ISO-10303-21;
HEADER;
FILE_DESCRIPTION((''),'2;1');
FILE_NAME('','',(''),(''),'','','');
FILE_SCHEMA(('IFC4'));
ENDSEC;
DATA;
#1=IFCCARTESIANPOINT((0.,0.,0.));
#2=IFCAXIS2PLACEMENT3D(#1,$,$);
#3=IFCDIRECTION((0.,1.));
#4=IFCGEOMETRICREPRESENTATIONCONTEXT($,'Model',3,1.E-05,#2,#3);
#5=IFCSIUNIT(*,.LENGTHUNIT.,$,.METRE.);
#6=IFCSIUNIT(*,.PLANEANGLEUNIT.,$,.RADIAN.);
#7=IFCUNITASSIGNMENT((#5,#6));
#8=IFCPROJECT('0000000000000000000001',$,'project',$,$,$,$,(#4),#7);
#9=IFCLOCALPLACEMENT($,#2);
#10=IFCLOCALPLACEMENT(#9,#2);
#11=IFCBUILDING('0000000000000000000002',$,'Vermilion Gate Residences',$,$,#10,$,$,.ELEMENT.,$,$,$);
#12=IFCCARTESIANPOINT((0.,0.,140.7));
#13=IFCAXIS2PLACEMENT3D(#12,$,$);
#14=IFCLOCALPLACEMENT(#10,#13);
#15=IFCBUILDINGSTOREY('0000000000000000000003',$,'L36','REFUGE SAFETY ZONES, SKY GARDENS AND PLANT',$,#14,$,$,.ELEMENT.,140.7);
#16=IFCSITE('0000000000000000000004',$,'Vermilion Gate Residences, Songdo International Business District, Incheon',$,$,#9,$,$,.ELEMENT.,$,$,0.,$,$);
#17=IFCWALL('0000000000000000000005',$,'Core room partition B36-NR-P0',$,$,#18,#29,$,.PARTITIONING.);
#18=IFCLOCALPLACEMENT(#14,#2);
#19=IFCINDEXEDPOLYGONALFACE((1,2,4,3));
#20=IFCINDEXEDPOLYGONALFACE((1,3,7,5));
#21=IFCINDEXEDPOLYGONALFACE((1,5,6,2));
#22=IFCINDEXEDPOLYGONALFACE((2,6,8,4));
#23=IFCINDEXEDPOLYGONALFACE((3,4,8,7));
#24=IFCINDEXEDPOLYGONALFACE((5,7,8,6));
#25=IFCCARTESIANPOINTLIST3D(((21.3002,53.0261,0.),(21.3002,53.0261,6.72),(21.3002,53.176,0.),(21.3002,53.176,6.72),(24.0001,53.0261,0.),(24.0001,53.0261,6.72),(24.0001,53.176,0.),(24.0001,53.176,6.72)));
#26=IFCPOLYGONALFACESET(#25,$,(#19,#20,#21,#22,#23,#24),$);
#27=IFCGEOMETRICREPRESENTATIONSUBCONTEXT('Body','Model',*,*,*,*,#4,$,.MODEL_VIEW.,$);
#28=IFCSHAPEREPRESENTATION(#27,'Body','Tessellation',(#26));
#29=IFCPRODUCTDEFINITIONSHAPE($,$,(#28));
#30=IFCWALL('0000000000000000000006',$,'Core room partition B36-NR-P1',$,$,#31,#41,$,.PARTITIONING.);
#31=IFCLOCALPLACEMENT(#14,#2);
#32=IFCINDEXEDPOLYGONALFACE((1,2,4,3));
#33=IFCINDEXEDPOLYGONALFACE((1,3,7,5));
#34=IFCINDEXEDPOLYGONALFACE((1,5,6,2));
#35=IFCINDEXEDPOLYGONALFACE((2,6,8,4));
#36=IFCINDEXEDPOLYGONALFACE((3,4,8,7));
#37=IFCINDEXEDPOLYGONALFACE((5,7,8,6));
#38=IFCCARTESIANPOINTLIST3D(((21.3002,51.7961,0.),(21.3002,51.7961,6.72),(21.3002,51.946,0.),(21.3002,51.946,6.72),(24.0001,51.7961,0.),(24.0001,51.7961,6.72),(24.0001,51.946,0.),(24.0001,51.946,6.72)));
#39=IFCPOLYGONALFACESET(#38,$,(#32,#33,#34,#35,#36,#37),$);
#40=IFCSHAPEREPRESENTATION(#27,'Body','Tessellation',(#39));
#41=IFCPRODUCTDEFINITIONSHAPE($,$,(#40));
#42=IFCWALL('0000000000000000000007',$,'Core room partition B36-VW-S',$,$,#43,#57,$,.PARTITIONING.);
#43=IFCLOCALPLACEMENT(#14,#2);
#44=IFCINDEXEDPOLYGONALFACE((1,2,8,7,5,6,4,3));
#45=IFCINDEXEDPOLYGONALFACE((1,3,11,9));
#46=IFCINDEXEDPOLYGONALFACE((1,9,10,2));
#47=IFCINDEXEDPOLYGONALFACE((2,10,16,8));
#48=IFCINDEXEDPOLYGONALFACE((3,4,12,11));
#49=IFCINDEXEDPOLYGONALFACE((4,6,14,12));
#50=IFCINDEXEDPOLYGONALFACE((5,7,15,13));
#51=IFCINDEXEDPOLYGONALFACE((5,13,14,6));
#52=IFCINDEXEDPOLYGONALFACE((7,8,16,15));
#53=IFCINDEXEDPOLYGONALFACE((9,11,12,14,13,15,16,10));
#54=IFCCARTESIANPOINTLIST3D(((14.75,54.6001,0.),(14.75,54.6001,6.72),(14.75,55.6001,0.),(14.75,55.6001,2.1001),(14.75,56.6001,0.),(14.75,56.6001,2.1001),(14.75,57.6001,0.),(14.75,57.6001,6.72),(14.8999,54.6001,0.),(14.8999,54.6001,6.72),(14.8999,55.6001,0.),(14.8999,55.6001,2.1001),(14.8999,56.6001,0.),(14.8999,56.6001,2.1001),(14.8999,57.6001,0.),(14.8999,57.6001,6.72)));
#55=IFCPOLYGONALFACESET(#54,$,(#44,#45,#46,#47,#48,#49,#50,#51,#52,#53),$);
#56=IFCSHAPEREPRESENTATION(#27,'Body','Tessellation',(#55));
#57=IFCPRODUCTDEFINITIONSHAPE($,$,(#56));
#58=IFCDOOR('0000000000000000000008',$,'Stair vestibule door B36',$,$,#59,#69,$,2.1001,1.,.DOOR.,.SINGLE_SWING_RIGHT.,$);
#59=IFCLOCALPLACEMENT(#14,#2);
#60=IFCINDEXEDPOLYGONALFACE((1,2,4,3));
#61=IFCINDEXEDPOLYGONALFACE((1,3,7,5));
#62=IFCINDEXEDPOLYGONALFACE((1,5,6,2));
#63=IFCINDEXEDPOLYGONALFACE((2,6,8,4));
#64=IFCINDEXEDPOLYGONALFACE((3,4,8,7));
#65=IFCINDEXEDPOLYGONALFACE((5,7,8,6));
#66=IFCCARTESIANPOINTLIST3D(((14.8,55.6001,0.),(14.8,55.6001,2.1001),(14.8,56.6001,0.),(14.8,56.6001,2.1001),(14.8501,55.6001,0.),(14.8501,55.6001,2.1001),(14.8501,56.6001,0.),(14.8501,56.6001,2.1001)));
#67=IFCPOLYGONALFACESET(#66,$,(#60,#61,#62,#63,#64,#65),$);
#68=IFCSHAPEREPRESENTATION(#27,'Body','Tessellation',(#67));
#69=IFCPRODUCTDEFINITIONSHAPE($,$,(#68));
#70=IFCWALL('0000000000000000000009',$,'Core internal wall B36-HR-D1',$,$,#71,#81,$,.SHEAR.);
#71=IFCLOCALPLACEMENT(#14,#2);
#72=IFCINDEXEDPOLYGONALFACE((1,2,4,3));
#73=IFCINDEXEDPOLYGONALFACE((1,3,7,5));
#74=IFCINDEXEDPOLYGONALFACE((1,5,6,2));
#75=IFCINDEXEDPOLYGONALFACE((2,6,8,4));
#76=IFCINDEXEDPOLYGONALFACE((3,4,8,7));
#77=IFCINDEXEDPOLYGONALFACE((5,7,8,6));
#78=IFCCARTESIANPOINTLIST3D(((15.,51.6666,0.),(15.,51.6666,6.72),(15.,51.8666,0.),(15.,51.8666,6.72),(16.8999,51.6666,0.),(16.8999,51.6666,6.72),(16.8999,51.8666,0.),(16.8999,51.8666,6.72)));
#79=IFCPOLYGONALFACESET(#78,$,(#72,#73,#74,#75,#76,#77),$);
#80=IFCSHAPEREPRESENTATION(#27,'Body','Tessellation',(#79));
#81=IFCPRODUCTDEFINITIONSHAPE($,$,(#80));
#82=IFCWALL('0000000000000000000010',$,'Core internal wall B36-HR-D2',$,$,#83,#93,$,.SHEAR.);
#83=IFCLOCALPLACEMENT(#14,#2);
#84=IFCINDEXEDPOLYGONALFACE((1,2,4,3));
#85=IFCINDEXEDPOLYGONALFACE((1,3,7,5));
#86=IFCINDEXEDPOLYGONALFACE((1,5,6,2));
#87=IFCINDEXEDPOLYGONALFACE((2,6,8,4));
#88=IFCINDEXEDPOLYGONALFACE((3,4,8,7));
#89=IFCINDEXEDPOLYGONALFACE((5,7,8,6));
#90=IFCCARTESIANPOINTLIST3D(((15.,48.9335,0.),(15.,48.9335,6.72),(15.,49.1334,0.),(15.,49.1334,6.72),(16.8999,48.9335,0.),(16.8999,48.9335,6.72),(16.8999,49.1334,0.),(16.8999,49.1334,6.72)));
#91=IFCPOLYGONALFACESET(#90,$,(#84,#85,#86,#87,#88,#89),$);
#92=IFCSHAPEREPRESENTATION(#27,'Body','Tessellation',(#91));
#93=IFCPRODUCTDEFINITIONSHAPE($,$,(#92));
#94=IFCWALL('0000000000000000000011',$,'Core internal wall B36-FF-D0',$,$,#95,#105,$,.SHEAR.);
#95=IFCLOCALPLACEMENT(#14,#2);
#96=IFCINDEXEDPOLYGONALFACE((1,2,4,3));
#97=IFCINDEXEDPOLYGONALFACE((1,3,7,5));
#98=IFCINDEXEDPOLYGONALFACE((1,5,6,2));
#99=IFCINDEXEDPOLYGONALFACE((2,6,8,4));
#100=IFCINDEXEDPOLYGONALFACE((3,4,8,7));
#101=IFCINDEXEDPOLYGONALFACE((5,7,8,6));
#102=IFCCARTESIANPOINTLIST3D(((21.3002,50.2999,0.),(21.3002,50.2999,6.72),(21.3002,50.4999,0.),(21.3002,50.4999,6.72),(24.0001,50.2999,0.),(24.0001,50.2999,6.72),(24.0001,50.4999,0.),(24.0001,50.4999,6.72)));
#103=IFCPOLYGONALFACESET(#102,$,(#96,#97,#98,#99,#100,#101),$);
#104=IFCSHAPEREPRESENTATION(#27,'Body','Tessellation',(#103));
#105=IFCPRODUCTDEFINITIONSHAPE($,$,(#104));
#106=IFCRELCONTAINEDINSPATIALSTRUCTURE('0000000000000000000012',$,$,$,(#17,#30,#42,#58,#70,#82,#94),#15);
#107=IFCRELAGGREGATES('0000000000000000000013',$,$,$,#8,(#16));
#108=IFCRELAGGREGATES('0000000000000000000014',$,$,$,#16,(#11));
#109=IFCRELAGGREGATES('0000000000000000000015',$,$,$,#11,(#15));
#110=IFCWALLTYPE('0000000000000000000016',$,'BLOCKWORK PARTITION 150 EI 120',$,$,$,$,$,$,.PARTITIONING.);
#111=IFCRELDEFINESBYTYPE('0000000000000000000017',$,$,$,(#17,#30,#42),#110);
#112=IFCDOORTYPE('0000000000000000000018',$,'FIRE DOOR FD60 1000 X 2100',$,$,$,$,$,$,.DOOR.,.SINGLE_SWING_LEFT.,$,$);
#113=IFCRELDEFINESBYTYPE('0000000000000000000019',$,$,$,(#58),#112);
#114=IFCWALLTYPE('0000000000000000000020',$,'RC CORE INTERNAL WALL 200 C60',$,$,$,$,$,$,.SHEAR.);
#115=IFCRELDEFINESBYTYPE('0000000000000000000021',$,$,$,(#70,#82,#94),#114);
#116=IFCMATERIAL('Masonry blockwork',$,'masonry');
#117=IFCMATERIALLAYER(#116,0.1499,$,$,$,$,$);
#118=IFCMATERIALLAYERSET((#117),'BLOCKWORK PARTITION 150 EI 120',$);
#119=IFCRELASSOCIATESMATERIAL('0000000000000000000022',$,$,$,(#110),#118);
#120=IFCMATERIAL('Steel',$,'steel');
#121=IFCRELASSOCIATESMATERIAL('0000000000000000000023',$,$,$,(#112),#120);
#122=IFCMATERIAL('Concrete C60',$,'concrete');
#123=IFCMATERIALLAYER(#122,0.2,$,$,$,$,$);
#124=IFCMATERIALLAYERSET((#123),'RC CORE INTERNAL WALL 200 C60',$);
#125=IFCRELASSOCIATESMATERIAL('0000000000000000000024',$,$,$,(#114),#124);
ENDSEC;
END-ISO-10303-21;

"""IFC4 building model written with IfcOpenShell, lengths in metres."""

from ifc_helpers import new_model, si_unit, direction, frame, frame_2d, origin, place, context, subcontext, project, spatial, rectangle, extrude, material, layer, layer_set, type_object, element, fill, save


model = new_model("IFC4")

# Units and contexts
model_context = context("Model", 3, precision=1e-05, world=origin(), true_north=direction((0.0, 1.0)))
body_context = subcontext(model_context, "Body", "Model", "MODEL_VIEW")
ifc_project = project(units=[si_unit("LENGTHUNIT", "METRE"), si_unit("PLANEANGLEUNIT", "RADIAN")], contexts=[model_context])

# Site, building, storey
site_placement = place(None, origin())
site = spatial("IfcSite", under=ifc_project, at=site_placement, Name="Vermilion Gate Residences, Songdo International Business District, Incheon", CompositionType="ELEMENT", RefElevation=0.0)
building_placement = place(site_placement, origin())
building = spatial("IfcBuilding", under=site, at=building_placement, Name="Vermilion Gate Residences", CompositionType="ELEMENT")
storey_placement = place(building_placement, frame((0.0, 0.0, 140.7)))
storey = spatial("IfcBuildingStorey", under=building, at=storey_placement, Name="L36", Description="REFUGE SAFETY ZONES, SKY GARDENS AND PLANT", CompositionType="ELEMENT", Elevation=140.7)

# Walls
ifc_material_1 = material(Name="Masonry blockwork", Category="masonry")
ifc_layer_1 = layer(ifc_material_1, 0.1499)
ifc_layer_set_1 = layer_set([ifc_layer_1], Name="BLOCKWORK PARTITION 150 EI 120")
wall_type_1 = type_object("IfcWallType", Name="BLOCKWORK PARTITION 150 EI 120", PredefinedType="PARTITIONING", material=ifc_layer_set_1)
for number, where, z_axis, x_axis, name in (
    (1, (21.3, 53.1011, 0.0), (0.0, 0.0, 1.0), (1.0, 0.0, 0.0), "Core room partition B36-NR-P0"),
    (2, (21.3, 51.8711, 0.0), (0.0, 0.0, 1.0), (1.0, 0.0, 0.0), "Core room partition B36-NR-P1"),
):
    element("IfcWall", number, at=place(storey_placement, frame(where, z_axis=z_axis, x_axis=x_axis)), inside=storey, type_object=wall_type_1, Name=name, PredefinedType="PARTITIONING", context=body_context, shape_type="SweptSolid", body=[
        extrude(rectangle(XDim=2.7, YDim=0.1499, at=frame_2d((1.3501, 0.0))), origin(), (0.0, 0.0, 1.0), 6.72),
    ])

# Wall, opening, door
wall_1_placement = place(storey_placement, frame((14.825, 57.6001, 0.0), z_axis=(0.0, 0.0, 1.0), x_axis=(0.0, -1.0, 0.0)))
wall_1 = element("IfcWall", 3, at=wall_1_placement, inside=storey, type_object=wall_type_1, Name="Core room partition B36-VW-S", PredefinedType="PARTITIONING", context=body_context, shape_type="SweptSolid", body=[
    extrude(rectangle(XDim=3.0, YDim=0.1499, at=frame_2d((1.5, 0.0))), origin(), (0.0, 0.0, 1.0), 6.72),
])
opening_1_placement = place(wall_1_placement, frame((1.0, 0.0, 0.0)))
opening_1 = element("IfcOpeningElement", 4, at=opening_1_placement, cuts=wall_1, PredefinedType="OPENING", context=body_context, shape_type="SweptSolid", body=[
    extrude(rectangle(XDim=1.0, YDim=2.1001, at=frame_2d((0.5, 1.05))), frame((0.0, 0.085, 0.0), z_axis=(0.0, -1.0, 0.0), x_axis=(1.0, 0.0, 0.0)), (0.0, 0.0, 1.0), 0.1699),
])
ifc_material_2 = material(Name="Steel", Category="steel")
door_type_1 = type_object("IfcDoorType", Name="FIRE DOOR FD60 1000 X 2100", OperationType="SINGLE_SWING_LEFT", PredefinedType="DOOR", material=ifc_material_2)
door_1_placement = place(opening_1_placement, frame((1.0, 0.0, 0.0), z_axis=(0.0, 0.0, 1.0), x_axis=(-1.0, 0.0, 0.0)))
door_1 = element("IfcDoor", 5, at=door_1_placement, inside=storey, type_object=door_type_1, Name="Stair vestibule door B36", OperationType="SINGLE_SWING_RIGHT", OverallHeight=2.1001, OverallWidth=1.0, PredefinedType="DOOR", context=body_context, shape_type="SweptSolid", body=[
    extrude(rectangle(XDim=1.0, YDim=2.1001, at=frame_2d((0.5, 1.05))), frame((0.0, 0.0249, 0.0), z_axis=(0.0, -1.0, 0.0), x_axis=(1.0, 0.0, 0.0)), (0.0, 0.0, 1.0), 0.05),
])
fill(opening_1, door_1)

# Walls
ifc_material_3 = material(Name="Concrete C60", Category="concrete")
ifc_layer_2 = layer(ifc_material_3, 0.2)
ifc_layer_set_2 = layer_set([ifc_layer_2], Name="RC CORE INTERNAL WALL 200 C60")
wall_type_2 = type_object("IfcWallType", Name="RC CORE INTERNAL WALL 200 C60", PredefinedType="SHEAR", material=ifc_layer_set_2)
for number, where, z_axis, x_axis, name in (
    (6, (15.0, 51.7666, 0.0), (0.0, 0.0, 1.0), (1.0, 0.0, 0.0), "Core internal wall B36-HR-D1"),
    (7, (15.0, 49.0334, 0.0), (0.0, 0.0, 1.0), (1.0, 0.0, 0.0), "Core internal wall B36-HR-D2"),
):
    element("IfcWall", number, at=place(storey_placement, frame(where, z_axis=z_axis, x_axis=x_axis)), inside=storey, type_object=wall_type_2, Name=name, PredefinedType="SHEAR", context=body_context, shape_type="SweptSolid", body=[
        extrude(rectangle(XDim=1.8999, YDim=0.2, at=frame_2d((0.95, 0.0))), origin(), (0.0, 0.0, 1.0), 6.72),
    ])
wall_2_placement = place(storey_placement, frame((21.3, 50.3999, 0.0), z_axis=(0.0, 0.0, 1.0), x_axis=(1.0, 0.0, 0.0)))
element("IfcWall", 8, at=wall_2_placement, inside=storey, type_object=wall_type_2, Name="Core internal wall B36-FF-D0", PredefinedType="SHEAR", context=body_context, shape_type="SweptSolid", body=[
    extrude(rectangle(XDim=2.7, YDim=0.2, at=frame_2d((1.3501, 0.0))), origin(), (0.0, 0.0, 1.0), 6.72),
])

save(model, "model.ifc")
